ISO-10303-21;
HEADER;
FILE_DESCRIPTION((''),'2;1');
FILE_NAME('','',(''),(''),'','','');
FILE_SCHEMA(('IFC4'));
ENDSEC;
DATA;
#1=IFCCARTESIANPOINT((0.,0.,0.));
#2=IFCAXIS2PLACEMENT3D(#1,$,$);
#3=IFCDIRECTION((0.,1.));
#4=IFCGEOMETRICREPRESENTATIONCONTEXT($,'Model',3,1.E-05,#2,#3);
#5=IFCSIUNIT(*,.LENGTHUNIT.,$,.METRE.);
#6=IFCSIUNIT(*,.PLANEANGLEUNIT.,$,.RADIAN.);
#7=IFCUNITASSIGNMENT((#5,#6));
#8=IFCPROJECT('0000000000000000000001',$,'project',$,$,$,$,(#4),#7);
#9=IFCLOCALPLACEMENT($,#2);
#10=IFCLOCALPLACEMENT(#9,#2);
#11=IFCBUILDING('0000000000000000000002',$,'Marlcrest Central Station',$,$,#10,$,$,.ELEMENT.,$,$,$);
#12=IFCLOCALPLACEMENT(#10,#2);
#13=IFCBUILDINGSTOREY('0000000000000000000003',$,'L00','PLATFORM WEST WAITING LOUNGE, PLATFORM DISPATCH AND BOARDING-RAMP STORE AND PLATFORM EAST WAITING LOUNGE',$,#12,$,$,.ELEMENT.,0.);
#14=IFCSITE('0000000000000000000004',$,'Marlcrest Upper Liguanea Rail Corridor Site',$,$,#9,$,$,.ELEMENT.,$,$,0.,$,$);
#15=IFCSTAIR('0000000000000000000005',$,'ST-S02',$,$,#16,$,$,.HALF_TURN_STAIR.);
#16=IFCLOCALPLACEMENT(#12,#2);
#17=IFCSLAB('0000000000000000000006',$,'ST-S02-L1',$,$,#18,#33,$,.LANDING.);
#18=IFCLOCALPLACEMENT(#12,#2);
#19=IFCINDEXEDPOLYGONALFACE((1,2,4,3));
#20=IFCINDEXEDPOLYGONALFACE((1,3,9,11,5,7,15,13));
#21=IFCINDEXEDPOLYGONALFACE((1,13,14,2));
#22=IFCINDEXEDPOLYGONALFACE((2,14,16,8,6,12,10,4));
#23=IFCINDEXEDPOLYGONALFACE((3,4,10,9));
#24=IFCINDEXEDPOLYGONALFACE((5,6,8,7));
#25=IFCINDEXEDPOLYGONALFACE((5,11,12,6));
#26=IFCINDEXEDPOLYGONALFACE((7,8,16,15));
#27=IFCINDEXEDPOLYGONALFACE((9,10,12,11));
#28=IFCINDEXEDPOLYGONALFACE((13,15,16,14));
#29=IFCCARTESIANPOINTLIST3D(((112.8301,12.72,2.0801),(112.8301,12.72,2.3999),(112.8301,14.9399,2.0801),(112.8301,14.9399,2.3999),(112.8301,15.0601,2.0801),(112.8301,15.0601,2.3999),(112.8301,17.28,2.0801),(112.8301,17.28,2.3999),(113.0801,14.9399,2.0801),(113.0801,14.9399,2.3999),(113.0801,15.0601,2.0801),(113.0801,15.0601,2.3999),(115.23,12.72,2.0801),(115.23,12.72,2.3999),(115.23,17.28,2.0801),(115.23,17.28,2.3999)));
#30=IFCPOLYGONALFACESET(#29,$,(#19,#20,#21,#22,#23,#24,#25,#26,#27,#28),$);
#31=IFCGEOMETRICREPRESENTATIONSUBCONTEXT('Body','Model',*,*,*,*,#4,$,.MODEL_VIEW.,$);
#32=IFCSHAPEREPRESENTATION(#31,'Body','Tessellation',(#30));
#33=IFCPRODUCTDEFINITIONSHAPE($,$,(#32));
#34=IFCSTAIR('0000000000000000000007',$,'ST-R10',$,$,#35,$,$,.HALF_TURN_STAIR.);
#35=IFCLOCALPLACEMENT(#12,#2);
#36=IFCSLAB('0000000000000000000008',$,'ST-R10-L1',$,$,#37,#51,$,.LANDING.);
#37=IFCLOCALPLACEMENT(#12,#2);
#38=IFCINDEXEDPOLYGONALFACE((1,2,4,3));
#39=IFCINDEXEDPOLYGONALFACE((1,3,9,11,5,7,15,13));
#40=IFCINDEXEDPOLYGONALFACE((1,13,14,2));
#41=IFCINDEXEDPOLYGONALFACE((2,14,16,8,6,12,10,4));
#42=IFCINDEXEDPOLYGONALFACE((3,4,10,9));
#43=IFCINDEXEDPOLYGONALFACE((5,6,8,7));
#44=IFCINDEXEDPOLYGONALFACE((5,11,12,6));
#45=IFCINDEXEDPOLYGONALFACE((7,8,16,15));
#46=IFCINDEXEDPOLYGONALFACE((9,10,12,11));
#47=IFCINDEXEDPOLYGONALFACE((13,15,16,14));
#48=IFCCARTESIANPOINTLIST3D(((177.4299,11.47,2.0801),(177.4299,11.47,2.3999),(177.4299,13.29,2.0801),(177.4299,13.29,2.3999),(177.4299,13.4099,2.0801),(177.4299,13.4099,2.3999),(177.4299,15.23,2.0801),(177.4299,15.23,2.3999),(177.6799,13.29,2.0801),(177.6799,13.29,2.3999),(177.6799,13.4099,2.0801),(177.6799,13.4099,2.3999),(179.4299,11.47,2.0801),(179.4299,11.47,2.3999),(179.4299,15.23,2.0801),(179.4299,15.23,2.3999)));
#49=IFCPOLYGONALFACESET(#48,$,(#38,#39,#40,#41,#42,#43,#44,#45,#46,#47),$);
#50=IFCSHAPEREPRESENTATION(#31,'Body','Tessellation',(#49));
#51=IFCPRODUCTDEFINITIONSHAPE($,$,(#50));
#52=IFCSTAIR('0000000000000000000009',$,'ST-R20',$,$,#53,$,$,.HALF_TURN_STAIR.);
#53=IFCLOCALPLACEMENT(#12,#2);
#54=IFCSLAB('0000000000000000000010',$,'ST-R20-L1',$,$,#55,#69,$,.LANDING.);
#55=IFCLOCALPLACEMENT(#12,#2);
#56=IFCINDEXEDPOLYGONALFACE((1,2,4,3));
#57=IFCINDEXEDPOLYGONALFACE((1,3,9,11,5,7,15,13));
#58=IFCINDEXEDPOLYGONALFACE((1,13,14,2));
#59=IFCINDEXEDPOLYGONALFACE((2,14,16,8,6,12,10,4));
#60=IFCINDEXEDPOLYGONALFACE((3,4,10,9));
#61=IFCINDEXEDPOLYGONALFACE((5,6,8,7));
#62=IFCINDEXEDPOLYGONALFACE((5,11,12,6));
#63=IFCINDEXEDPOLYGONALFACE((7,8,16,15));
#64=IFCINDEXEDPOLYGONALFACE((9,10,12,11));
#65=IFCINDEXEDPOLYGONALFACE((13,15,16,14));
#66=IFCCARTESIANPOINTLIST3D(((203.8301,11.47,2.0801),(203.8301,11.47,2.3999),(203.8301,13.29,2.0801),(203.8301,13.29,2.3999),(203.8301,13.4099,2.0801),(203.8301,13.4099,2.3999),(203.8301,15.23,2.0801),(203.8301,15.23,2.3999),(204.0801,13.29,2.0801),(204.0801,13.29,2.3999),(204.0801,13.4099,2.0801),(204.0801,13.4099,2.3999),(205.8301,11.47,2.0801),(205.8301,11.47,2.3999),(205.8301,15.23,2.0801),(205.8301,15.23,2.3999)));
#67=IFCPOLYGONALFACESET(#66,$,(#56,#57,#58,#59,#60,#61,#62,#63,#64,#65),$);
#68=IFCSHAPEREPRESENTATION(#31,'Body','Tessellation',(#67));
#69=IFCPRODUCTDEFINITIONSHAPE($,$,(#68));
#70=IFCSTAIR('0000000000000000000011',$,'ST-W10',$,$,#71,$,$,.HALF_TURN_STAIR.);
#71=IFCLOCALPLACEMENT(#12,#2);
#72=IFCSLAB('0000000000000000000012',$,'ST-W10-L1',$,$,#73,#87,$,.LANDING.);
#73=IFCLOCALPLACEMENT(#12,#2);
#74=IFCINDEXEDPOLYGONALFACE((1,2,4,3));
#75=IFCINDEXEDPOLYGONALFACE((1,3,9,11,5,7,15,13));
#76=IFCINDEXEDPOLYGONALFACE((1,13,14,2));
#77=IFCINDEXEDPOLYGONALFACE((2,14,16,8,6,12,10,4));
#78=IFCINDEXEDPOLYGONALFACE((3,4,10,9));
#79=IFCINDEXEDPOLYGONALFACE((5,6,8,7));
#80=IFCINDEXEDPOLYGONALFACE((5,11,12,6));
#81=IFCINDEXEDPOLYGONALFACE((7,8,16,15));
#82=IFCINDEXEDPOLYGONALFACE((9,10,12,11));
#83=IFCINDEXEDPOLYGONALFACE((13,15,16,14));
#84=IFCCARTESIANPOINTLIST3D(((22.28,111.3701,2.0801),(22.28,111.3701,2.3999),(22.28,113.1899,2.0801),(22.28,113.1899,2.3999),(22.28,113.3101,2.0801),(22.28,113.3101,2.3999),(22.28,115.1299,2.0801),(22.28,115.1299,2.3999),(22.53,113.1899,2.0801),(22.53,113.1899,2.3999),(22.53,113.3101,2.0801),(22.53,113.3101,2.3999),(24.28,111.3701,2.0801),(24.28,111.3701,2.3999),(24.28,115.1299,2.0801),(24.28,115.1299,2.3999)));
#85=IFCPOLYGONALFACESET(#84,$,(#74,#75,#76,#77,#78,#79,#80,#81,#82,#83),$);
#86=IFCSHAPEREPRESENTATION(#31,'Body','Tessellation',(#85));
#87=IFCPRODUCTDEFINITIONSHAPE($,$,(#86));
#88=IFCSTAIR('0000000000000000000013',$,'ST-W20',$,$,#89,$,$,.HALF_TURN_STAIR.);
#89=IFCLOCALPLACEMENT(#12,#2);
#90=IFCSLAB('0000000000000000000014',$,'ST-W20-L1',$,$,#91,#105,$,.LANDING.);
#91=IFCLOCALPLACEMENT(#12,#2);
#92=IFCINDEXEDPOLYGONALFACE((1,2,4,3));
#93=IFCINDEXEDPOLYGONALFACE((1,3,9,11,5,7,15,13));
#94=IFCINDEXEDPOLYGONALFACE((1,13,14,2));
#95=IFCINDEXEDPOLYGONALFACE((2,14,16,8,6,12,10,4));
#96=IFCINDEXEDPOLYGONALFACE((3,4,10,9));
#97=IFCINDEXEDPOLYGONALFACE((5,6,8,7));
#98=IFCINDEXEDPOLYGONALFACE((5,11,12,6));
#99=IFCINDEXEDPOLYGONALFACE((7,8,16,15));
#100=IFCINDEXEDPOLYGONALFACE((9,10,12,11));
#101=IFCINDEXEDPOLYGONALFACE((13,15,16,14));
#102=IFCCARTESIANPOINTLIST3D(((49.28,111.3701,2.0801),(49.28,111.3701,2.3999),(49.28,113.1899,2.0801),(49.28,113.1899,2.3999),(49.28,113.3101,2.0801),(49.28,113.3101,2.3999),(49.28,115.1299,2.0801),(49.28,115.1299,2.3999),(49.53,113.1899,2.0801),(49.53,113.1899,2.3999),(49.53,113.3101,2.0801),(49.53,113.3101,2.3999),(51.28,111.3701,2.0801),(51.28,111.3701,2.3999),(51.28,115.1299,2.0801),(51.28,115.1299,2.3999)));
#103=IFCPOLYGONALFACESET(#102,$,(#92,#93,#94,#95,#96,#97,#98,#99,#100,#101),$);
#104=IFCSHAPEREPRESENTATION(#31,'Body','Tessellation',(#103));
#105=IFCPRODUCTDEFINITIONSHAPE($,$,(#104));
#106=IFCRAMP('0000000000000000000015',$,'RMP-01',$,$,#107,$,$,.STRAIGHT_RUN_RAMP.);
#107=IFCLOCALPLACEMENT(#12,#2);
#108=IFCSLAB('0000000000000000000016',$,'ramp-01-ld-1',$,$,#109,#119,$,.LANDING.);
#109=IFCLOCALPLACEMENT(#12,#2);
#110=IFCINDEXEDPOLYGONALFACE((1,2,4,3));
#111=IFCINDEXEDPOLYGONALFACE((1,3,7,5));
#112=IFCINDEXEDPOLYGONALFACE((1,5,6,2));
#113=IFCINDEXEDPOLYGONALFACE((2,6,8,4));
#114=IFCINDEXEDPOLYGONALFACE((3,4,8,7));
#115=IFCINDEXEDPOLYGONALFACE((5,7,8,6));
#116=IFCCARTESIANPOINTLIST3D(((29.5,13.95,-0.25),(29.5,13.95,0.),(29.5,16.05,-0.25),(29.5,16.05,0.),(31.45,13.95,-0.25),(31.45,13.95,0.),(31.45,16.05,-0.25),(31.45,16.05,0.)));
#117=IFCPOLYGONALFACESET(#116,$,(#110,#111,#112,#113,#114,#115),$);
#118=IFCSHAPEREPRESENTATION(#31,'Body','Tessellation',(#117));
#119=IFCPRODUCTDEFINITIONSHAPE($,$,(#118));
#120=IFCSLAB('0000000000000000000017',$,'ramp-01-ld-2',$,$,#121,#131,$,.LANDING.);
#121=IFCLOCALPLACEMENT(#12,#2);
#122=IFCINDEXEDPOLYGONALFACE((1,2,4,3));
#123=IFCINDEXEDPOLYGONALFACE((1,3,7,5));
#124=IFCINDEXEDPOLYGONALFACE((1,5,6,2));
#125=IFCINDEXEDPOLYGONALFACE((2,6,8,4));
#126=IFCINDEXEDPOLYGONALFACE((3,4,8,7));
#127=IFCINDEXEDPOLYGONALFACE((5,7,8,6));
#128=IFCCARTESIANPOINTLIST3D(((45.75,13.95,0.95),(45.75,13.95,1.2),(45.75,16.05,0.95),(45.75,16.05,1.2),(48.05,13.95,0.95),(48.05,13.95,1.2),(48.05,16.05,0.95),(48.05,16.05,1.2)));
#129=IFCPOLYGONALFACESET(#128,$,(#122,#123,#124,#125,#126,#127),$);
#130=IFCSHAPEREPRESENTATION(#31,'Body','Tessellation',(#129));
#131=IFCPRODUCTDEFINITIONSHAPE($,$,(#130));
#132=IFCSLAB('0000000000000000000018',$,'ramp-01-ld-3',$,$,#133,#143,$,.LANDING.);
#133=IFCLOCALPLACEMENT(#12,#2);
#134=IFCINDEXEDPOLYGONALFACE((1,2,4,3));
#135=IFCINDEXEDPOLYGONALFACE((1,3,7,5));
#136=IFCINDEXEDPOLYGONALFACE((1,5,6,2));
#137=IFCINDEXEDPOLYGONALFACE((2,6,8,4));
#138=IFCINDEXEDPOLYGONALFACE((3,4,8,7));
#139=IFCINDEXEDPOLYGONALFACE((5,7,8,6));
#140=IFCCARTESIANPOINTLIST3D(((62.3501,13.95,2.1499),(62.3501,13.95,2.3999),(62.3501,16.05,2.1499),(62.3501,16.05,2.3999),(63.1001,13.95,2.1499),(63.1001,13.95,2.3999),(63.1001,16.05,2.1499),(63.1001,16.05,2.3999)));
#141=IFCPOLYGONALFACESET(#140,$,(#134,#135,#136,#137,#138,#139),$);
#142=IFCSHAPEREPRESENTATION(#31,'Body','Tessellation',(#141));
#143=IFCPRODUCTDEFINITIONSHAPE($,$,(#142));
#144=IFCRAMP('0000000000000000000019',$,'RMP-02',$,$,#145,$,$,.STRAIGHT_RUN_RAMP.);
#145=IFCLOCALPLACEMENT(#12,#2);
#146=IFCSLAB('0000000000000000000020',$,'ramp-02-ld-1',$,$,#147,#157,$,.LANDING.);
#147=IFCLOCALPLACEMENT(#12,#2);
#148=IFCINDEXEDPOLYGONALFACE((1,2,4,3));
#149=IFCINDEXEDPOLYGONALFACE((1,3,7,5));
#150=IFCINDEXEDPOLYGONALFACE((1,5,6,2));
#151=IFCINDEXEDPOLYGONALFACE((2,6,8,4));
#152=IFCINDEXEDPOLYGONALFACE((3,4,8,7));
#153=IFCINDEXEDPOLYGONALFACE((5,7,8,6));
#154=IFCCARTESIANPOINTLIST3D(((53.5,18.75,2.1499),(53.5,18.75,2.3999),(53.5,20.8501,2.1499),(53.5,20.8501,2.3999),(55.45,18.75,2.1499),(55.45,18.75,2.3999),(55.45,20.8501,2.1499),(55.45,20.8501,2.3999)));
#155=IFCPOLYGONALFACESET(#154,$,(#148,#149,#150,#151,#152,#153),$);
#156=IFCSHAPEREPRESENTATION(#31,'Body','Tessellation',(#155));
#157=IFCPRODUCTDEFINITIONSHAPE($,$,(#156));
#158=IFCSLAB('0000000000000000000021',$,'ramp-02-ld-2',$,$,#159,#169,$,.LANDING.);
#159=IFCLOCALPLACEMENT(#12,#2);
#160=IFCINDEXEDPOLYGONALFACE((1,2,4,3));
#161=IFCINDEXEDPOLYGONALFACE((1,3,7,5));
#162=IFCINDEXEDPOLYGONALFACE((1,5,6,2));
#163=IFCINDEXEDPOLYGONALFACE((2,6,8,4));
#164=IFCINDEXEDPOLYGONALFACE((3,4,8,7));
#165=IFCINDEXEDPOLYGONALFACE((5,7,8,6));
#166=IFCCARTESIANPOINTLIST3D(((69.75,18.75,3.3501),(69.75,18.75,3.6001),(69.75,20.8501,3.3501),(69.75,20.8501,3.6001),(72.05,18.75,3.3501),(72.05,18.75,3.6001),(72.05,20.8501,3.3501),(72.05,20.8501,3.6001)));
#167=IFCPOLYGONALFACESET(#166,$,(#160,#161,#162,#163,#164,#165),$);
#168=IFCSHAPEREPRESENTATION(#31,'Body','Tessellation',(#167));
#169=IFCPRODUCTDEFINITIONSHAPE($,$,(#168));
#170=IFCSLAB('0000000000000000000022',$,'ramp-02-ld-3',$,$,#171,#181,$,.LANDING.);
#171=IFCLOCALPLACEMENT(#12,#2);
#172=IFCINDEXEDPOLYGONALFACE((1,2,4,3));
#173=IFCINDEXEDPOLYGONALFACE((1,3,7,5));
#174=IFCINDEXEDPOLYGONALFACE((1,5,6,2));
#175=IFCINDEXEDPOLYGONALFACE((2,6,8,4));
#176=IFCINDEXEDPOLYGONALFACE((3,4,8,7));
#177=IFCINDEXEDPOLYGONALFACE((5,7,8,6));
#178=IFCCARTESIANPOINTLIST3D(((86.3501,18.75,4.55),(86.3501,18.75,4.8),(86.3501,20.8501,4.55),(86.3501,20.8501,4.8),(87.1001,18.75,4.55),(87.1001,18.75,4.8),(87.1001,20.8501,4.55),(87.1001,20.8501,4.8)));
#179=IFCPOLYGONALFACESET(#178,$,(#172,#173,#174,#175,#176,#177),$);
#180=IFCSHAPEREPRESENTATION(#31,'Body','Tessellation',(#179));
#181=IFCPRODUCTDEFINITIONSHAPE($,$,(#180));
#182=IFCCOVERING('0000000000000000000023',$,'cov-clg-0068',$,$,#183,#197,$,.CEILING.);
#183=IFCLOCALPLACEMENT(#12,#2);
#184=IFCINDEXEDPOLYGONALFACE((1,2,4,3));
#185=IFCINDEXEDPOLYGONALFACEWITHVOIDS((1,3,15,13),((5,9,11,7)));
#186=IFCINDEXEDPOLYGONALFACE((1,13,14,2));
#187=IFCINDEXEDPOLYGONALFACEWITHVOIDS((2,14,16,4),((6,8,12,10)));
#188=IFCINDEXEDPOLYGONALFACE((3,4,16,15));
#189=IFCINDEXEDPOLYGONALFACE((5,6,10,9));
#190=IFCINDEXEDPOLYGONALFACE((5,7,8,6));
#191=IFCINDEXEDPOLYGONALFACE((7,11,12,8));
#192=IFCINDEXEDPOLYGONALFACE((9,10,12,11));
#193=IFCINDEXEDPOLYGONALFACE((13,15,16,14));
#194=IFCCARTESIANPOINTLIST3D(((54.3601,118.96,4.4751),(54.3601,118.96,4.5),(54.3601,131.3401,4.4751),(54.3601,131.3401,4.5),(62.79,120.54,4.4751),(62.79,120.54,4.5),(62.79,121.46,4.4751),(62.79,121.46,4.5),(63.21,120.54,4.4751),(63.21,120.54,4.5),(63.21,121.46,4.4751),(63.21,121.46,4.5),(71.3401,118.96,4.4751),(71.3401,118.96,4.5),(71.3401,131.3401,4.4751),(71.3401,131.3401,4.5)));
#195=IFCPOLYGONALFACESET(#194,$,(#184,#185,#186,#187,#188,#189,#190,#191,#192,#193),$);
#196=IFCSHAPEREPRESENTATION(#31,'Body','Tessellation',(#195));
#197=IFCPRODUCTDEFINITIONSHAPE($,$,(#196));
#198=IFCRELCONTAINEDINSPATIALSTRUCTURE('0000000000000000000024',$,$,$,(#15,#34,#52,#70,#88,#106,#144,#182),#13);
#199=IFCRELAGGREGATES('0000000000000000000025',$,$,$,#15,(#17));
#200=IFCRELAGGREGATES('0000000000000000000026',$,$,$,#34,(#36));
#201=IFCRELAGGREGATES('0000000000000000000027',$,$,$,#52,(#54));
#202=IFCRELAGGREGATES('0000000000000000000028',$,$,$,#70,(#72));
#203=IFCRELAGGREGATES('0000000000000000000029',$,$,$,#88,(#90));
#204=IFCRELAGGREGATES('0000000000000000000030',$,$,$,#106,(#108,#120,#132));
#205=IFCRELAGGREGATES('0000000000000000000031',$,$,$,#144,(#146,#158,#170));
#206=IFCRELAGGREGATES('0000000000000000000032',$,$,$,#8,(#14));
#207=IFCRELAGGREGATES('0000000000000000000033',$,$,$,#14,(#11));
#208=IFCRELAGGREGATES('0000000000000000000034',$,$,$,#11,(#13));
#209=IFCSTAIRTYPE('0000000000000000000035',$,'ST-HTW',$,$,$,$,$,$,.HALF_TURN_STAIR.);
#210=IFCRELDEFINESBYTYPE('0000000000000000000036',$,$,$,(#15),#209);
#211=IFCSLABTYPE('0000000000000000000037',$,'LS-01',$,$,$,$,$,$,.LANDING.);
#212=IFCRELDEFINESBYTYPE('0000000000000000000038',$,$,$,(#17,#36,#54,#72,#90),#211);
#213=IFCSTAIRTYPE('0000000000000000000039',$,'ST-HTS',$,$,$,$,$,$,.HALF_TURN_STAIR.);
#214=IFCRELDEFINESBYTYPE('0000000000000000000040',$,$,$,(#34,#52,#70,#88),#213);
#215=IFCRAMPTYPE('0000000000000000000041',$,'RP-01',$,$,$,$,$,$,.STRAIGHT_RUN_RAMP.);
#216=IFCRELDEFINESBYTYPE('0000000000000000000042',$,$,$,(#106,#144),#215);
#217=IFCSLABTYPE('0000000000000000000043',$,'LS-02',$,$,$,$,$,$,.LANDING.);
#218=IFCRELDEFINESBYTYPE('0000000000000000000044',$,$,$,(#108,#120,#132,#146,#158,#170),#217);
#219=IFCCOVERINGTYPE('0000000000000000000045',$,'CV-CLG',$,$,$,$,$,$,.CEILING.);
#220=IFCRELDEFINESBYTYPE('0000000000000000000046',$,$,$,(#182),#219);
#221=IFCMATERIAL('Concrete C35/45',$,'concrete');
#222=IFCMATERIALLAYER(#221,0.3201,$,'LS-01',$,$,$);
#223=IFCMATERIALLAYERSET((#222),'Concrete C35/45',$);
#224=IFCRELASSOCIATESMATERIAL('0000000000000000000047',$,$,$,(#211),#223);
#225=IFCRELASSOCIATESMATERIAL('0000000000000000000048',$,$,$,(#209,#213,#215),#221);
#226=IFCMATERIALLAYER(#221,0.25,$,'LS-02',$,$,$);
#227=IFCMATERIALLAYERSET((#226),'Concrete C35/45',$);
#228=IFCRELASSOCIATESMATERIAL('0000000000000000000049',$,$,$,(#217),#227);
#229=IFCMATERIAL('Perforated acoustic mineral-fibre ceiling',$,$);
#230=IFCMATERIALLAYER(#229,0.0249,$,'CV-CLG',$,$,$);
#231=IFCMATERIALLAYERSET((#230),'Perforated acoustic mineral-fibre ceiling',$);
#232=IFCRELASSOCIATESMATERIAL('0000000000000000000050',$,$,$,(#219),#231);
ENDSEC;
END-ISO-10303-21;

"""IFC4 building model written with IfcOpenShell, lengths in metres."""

from ifc_helpers import new_model, si_unit, direction, frame, origin, place, context, subcontext, project, spatial, polyline, outline, extrude, material, layer, layer_set, type_object, element, aggregate, save


model = new_model("IFC4")

# Units and contexts
model_context = context("Model", 3, precision=1e-05, world=origin(), true_north=direction((0.0, 1.0)))
body_context = subcontext(model_context, "Body", "Model", "MODEL_VIEW")
ifc_project = project(units=[si_unit("LENGTHUNIT", "METRE"), si_unit("PLANEANGLEUNIT", "RADIAN")], contexts=[model_context])

# Site, building, storey
site_placement = place(None, origin())
site = spatial("IfcSite", under=ifc_project, at=site_placement, Name="Marlcrest Upper Liguanea Rail Corridor Site", CompositionType="ELEMENT", RefElevation=0.0)
building_placement = place(site_placement, origin())
building = spatial("IfcBuilding", under=site, at=building_placement, Name="Marlcrest Central Station", CompositionType="ELEMENT")
storey_placement = place(building_placement, origin())
storey = spatial("IfcBuildingStorey", under=building, at=storey_placement, Name="L00", Description="PLATFORM WEST WAITING LOUNGE, PLATFORM DISPATCH AND BOARDING-RAMP STORE AND PLATFORM EAST WAITING LOUNGE", CompositionType="ELEMENT", Elevation=0.0)

# Shared definitions
ifc_material_1 = material(Name="Concrete C35/45", Category="concrete")

# Stairs, slabs
ifc_layer_1 = layer(ifc_material_1, 0.3201, Name="LS-01")
ifc_layer_set_1 = layer_set([ifc_layer_1], Name="Concrete C35/45")
slab_type_1 = type_object("IfcSlabType", Name="LS-01", PredefinedType="LANDING", material=ifc_layer_set_1)
stair_type_1 = type_object("IfcStairType", Name="ST-HTW", PredefinedType="HALF_TURN_STAIR", material=ifc_material_1)
stair_1_placement = place(storey_placement, origin())
stair_1 = element("IfcStair", 1, at=stair_1_placement, inside=storey, type_object=stair_type_1, Name="ST-S02", PredefinedType="HALF_TURN_STAIR")
slab_1_placement = place(storey_placement, frame((0.0, 0.0, 2.0801)))
slab_1 = element("IfcSlab", 2, at=slab_1_placement, type_object=slab_type_1, Name="ST-S02-L1", PredefinedType="LANDING", context=body_context, shape_type="SweptSolid", body=[
    extrude(outline(polyline([(112.8301, 12.72), (115.23, 12.72), (115.23, 17.28), (112.8301, 17.28), (112.8301, 15.0601), (113.0801, 15.0601), (113.0801, 14.9399), (112.8301, 14.9399), (112.8301, 12.72)])), origin(), (0.0, 0.0, 1.0), 0.3198),
])
aggregate(stair_1, [slab_1])
stair_type_2 = type_object("IfcStairType", Name="ST-HTS", PredefinedType="HALF_TURN_STAIR", material=ifc_material_1)
stair_2_placement = place(storey_placement, origin())
stair_2 = element("IfcStair", 3, at=stair_2_placement, inside=storey, type_object=stair_type_2, Name="ST-R10", PredefinedType="HALF_TURN_STAIR")
slab_2_placement = place(storey_placement, frame((0.0, 0.0, 2.0801)))
slab_2 = element("IfcSlab", 4, at=slab_2_placement, type_object=slab_type_1, Name="ST-R10-L1", PredefinedType="LANDING", context=body_context, shape_type="SweptSolid", body=[
    extrude(outline(polyline([(177.4299, 11.47), (179.4299, 11.47), (179.4299, 15.23), (177.4299, 15.23), (177.4299, 13.4099), (177.6799, 13.4099), (177.6799, 13.29), (177.4299, 13.29), (177.4299, 11.47)])), origin(), (0.0, 0.0, 1.0), 0.3198),
])
aggregate(stair_2, [slab_2])
stair_3_placement = place(storey_placement, origin())
stair_3 = element("IfcStair", 5, at=stair_3_placement, inside=storey, type_object=stair_type_2, Name="ST-R20", PredefinedType="HALF_TURN_STAIR")
slab_3_placement = place(storey_placement, frame((0.0, 0.0, 2.0801)))
slab_3 = element("IfcSlab", 6, at=slab_3_placement, type_object=slab_type_1, Name="ST-R20-L1", PredefinedType="LANDING", context=body_context, shape_type="SweptSolid", body=[
    extrude(outline(polyline([(203.8301, 11.47), (205.8301, 11.47), (205.8301, 15.23), (203.8301, 15.23), (203.8301, 13.4099), (204.0801, 13.4099), (204.0801, 13.29), (203.8301, 13.29), (203.8301, 11.47)])), origin(), (0.0, 0.0, 1.0), 0.3198),
])
aggregate(stair_3, [slab_3])
stair_4_placement = place(storey_placement, origin())
stair_4 = element("IfcStair", 7, at=stair_4_placement, inside=storey, type_object=stair_type_2, Name="ST-W10", PredefinedType="HALF_TURN_STAIR")
slab_4_placement = place(storey_placement, frame((0.0, 0.0, 2.0801)))
slab_4 = element("IfcSlab", 8, at=slab_4_placement, type_object=slab_type_1, Name="ST-W10-L1", PredefinedType="LANDING", context=body_context, shape_type="SweptSolid", body=[
    extrude(outline(polyline([(22.28, 111.3701), (24.28, 111.3701), (24.28, 115.1299), (22.28, 115.1299), (22.28, 113.3101), (22.53, 113.3101), (22.53, 113.1899), (22.28, 113.1899), (22.28, 111.3701)])), origin(), (0.0, 0.0, 1.0), 0.3198),
])
aggregate(stair_4, [slab_4])
stair_5_placement = place(storey_placement, origin())
stair_5 = element("IfcStair", 9, at=stair_5_placement, inside=storey, type_object=stair_type_2, Name="ST-W20", PredefinedType="HALF_TURN_STAIR")
slab_5_placement = place(storey_placement, frame((0.0, 0.0, 2.0801)))
slab_5 = element("IfcSlab", 10, at=slab_5_placement, type_object=slab_type_1, Name="ST-W20-L1", PredefinedType="LANDING", context=body_context, shape_type="SweptSolid", body=[
    extrude(outline(polyline([(49.28, 111.3701), (51.28, 111.3701), (51.28, 115.1299), (49.28, 115.1299), (49.28, 113.3101), (49.53, 113.3101), (49.53, 113.1899), (49.28, 113.1899), (49.28, 111.3701)])), origin(), (0.0, 0.0, 1.0), 0.3198),
])
aggregate(stair_5, [slab_5])

# Ramps, slabs
ramp_type = type_object("IfcRampType", Name="RP-01", PredefinedType="STRAIGHT_RUN_RAMP", material=ifc_material_1)
ramp_1_placement = place(storey_placement, origin())
ramp_1 = element("IfcRamp", 11, at=ramp_1_placement, inside=storey, type_object=ramp_type, Name="RMP-01", PredefinedType="STRAIGHT_RUN_RAMP")
ifc_layer_2 = layer(ifc_material_1, 0.25, Name="LS-02")
ifc_layer_set_2 = layer_set([ifc_layer_2], Name="Concrete C35/45")
slab_type_2 = type_object("IfcSlabType", Name="LS-02", PredefinedType="LANDING", material=ifc_layer_set_2)
slab_6_placement = place(storey_placement, frame((0.0, 0.0, -0.25)))
slab_6 = element("IfcSlab", 12, at=slab_6_placement, type_object=slab_type_2, Name="ramp-01-ld-1", PredefinedType="LANDING", context=body_context, shape_type="SweptSolid", body=[
    extrude(outline(polyline([(29.5, 13.95), (31.45, 13.95), (31.45, 16.05), (29.5, 16.05), (29.5, 13.95)])), origin(), (0.0, 0.0, 1.0), 0.25),
])
slab_7_placement = place(storey_placement, frame((0.0, 0.0, 0.95)))
slab_7 = element("IfcSlab", 13, at=slab_7_placement, type_object=slab_type_2, Name="ramp-01-ld-2", PredefinedType="LANDING", context=body_context, shape_type="SweptSolid", body=[
    extrude(outline(polyline([(45.75, 13.95), (48.05, 13.95), (48.05, 16.05), (45.75, 16.05), (45.75, 13.95)])), origin(), (0.0, 0.0, 1.0), 0.25),
])
slab_8_placement = place(storey_placement, frame((0.0, 0.0, 2.1499)))
slab_8 = element("IfcSlab", 14, at=slab_8_placement, type_object=slab_type_2, Name="ramp-01-ld-3", PredefinedType="LANDING", context=body_context, shape_type="SweptSolid", body=[
    extrude(outline(polyline([(62.3501, 13.95), (63.1001, 13.95), (63.1001, 16.05), (62.3501, 16.05), (62.3501, 13.95)])), origin(), (0.0, 0.0, 1.0), 0.25),
])
aggregate(ramp_1, [slab_6, slab_7, slab_8])
ramp_2_placement = place(storey_placement, origin())
ramp_2 = element("IfcRamp", 15, at=ramp_2_placement, inside=storey, type_object=ramp_type, Name="RMP-02", PredefinedType="STRAIGHT_RUN_RAMP")
slab_9_placement = place(storey_placement, frame((0.0, 0.0, 2.1499)))
slab_9 = element("IfcSlab", 16, at=slab_9_placement, type_object=slab_type_2, Name="ramp-02-ld-1", PredefinedType="LANDING", context=body_context, shape_type="SweptSolid", body=[
    extrude(outline(polyline([(53.5, 18.75), (55.45, 18.75), (55.45, 20.8501), (53.5, 20.8501), (53.5, 18.75)])), origin(), (0.0, 0.0, 1.0), 0.25),
])
slab_10_placement = place(storey_placement, frame((0.0, 0.0, 3.3501)))
slab_10 = element("IfcSlab", 17, at=slab_10_placement, type_object=slab_type_2, Name="ramp-02-ld-2", PredefinedType="LANDING", context=body_context, shape_type="SweptSolid", body=[
    extrude(outline(polyline([(69.75, 18.75), (72.05, 18.75), (72.05, 20.8501), (69.75, 20.8501), (69.75, 18.75)])), origin(), (0.0, 0.0, 1.0), 0.25),
])
slab_11_placement = place(storey_placement, frame((0.0, 0.0, 4.55)))
slab_11 = element("IfcSlab", 18, at=slab_11_placement, type_object=slab_type_2, Name="ramp-02-ld-3", PredefinedType="LANDING", context=body_context, shape_type="SweptSolid", body=[
    extrude(outline(polyline([(86.3501, 18.75), (87.1001, 18.75), (87.1001, 20.8501), (86.3501, 20.8501), (86.3501, 18.75)])), origin(), (0.0, 0.0, 1.0), 0.25),
])
aggregate(ramp_2, [slab_9, slab_10, slab_11])

# Covering
ifc_material_2 = material(Name="Perforated acoustic mineral-fibre ceiling")
ifc_layer_3 = layer(ifc_material_2, 0.0249, Name="CV-CLG")
ifc_layer_set_3 = layer_set([ifc_layer_3], Name="Perforated acoustic mineral-fibre ceiling")
covering_type_1 = type_object("IfcCoveringType", Name="CV-CLG", PredefinedType="CEILING", material=ifc_layer_set_3)
covering_1_placement = place(storey_placement, frame((0.0, 0.0, 4.4751)))
element("IfcCovering", 19, at=covering_1_placement, inside=storey, type_object=covering_type_1, Name="cov-clg-0068", PredefinedType="CEILING", context=body_context, shape_type="SweptSolid", body=[
    extrude(outline(polyline([(54.3601, 118.96), (54.3601, 131.3401), (71.3401, 131.3401), (71.3401, 118.96), (54.3601, 118.96)]), holes=[polyline([(63.21, 121.46), (62.79, 121.46), (62.79, 120.54), (63.21, 120.54), (63.21, 121.46)])]), origin(), (0.0, 0.0, 1.0), 0.0249),
])

save(model, "model.ifc")
